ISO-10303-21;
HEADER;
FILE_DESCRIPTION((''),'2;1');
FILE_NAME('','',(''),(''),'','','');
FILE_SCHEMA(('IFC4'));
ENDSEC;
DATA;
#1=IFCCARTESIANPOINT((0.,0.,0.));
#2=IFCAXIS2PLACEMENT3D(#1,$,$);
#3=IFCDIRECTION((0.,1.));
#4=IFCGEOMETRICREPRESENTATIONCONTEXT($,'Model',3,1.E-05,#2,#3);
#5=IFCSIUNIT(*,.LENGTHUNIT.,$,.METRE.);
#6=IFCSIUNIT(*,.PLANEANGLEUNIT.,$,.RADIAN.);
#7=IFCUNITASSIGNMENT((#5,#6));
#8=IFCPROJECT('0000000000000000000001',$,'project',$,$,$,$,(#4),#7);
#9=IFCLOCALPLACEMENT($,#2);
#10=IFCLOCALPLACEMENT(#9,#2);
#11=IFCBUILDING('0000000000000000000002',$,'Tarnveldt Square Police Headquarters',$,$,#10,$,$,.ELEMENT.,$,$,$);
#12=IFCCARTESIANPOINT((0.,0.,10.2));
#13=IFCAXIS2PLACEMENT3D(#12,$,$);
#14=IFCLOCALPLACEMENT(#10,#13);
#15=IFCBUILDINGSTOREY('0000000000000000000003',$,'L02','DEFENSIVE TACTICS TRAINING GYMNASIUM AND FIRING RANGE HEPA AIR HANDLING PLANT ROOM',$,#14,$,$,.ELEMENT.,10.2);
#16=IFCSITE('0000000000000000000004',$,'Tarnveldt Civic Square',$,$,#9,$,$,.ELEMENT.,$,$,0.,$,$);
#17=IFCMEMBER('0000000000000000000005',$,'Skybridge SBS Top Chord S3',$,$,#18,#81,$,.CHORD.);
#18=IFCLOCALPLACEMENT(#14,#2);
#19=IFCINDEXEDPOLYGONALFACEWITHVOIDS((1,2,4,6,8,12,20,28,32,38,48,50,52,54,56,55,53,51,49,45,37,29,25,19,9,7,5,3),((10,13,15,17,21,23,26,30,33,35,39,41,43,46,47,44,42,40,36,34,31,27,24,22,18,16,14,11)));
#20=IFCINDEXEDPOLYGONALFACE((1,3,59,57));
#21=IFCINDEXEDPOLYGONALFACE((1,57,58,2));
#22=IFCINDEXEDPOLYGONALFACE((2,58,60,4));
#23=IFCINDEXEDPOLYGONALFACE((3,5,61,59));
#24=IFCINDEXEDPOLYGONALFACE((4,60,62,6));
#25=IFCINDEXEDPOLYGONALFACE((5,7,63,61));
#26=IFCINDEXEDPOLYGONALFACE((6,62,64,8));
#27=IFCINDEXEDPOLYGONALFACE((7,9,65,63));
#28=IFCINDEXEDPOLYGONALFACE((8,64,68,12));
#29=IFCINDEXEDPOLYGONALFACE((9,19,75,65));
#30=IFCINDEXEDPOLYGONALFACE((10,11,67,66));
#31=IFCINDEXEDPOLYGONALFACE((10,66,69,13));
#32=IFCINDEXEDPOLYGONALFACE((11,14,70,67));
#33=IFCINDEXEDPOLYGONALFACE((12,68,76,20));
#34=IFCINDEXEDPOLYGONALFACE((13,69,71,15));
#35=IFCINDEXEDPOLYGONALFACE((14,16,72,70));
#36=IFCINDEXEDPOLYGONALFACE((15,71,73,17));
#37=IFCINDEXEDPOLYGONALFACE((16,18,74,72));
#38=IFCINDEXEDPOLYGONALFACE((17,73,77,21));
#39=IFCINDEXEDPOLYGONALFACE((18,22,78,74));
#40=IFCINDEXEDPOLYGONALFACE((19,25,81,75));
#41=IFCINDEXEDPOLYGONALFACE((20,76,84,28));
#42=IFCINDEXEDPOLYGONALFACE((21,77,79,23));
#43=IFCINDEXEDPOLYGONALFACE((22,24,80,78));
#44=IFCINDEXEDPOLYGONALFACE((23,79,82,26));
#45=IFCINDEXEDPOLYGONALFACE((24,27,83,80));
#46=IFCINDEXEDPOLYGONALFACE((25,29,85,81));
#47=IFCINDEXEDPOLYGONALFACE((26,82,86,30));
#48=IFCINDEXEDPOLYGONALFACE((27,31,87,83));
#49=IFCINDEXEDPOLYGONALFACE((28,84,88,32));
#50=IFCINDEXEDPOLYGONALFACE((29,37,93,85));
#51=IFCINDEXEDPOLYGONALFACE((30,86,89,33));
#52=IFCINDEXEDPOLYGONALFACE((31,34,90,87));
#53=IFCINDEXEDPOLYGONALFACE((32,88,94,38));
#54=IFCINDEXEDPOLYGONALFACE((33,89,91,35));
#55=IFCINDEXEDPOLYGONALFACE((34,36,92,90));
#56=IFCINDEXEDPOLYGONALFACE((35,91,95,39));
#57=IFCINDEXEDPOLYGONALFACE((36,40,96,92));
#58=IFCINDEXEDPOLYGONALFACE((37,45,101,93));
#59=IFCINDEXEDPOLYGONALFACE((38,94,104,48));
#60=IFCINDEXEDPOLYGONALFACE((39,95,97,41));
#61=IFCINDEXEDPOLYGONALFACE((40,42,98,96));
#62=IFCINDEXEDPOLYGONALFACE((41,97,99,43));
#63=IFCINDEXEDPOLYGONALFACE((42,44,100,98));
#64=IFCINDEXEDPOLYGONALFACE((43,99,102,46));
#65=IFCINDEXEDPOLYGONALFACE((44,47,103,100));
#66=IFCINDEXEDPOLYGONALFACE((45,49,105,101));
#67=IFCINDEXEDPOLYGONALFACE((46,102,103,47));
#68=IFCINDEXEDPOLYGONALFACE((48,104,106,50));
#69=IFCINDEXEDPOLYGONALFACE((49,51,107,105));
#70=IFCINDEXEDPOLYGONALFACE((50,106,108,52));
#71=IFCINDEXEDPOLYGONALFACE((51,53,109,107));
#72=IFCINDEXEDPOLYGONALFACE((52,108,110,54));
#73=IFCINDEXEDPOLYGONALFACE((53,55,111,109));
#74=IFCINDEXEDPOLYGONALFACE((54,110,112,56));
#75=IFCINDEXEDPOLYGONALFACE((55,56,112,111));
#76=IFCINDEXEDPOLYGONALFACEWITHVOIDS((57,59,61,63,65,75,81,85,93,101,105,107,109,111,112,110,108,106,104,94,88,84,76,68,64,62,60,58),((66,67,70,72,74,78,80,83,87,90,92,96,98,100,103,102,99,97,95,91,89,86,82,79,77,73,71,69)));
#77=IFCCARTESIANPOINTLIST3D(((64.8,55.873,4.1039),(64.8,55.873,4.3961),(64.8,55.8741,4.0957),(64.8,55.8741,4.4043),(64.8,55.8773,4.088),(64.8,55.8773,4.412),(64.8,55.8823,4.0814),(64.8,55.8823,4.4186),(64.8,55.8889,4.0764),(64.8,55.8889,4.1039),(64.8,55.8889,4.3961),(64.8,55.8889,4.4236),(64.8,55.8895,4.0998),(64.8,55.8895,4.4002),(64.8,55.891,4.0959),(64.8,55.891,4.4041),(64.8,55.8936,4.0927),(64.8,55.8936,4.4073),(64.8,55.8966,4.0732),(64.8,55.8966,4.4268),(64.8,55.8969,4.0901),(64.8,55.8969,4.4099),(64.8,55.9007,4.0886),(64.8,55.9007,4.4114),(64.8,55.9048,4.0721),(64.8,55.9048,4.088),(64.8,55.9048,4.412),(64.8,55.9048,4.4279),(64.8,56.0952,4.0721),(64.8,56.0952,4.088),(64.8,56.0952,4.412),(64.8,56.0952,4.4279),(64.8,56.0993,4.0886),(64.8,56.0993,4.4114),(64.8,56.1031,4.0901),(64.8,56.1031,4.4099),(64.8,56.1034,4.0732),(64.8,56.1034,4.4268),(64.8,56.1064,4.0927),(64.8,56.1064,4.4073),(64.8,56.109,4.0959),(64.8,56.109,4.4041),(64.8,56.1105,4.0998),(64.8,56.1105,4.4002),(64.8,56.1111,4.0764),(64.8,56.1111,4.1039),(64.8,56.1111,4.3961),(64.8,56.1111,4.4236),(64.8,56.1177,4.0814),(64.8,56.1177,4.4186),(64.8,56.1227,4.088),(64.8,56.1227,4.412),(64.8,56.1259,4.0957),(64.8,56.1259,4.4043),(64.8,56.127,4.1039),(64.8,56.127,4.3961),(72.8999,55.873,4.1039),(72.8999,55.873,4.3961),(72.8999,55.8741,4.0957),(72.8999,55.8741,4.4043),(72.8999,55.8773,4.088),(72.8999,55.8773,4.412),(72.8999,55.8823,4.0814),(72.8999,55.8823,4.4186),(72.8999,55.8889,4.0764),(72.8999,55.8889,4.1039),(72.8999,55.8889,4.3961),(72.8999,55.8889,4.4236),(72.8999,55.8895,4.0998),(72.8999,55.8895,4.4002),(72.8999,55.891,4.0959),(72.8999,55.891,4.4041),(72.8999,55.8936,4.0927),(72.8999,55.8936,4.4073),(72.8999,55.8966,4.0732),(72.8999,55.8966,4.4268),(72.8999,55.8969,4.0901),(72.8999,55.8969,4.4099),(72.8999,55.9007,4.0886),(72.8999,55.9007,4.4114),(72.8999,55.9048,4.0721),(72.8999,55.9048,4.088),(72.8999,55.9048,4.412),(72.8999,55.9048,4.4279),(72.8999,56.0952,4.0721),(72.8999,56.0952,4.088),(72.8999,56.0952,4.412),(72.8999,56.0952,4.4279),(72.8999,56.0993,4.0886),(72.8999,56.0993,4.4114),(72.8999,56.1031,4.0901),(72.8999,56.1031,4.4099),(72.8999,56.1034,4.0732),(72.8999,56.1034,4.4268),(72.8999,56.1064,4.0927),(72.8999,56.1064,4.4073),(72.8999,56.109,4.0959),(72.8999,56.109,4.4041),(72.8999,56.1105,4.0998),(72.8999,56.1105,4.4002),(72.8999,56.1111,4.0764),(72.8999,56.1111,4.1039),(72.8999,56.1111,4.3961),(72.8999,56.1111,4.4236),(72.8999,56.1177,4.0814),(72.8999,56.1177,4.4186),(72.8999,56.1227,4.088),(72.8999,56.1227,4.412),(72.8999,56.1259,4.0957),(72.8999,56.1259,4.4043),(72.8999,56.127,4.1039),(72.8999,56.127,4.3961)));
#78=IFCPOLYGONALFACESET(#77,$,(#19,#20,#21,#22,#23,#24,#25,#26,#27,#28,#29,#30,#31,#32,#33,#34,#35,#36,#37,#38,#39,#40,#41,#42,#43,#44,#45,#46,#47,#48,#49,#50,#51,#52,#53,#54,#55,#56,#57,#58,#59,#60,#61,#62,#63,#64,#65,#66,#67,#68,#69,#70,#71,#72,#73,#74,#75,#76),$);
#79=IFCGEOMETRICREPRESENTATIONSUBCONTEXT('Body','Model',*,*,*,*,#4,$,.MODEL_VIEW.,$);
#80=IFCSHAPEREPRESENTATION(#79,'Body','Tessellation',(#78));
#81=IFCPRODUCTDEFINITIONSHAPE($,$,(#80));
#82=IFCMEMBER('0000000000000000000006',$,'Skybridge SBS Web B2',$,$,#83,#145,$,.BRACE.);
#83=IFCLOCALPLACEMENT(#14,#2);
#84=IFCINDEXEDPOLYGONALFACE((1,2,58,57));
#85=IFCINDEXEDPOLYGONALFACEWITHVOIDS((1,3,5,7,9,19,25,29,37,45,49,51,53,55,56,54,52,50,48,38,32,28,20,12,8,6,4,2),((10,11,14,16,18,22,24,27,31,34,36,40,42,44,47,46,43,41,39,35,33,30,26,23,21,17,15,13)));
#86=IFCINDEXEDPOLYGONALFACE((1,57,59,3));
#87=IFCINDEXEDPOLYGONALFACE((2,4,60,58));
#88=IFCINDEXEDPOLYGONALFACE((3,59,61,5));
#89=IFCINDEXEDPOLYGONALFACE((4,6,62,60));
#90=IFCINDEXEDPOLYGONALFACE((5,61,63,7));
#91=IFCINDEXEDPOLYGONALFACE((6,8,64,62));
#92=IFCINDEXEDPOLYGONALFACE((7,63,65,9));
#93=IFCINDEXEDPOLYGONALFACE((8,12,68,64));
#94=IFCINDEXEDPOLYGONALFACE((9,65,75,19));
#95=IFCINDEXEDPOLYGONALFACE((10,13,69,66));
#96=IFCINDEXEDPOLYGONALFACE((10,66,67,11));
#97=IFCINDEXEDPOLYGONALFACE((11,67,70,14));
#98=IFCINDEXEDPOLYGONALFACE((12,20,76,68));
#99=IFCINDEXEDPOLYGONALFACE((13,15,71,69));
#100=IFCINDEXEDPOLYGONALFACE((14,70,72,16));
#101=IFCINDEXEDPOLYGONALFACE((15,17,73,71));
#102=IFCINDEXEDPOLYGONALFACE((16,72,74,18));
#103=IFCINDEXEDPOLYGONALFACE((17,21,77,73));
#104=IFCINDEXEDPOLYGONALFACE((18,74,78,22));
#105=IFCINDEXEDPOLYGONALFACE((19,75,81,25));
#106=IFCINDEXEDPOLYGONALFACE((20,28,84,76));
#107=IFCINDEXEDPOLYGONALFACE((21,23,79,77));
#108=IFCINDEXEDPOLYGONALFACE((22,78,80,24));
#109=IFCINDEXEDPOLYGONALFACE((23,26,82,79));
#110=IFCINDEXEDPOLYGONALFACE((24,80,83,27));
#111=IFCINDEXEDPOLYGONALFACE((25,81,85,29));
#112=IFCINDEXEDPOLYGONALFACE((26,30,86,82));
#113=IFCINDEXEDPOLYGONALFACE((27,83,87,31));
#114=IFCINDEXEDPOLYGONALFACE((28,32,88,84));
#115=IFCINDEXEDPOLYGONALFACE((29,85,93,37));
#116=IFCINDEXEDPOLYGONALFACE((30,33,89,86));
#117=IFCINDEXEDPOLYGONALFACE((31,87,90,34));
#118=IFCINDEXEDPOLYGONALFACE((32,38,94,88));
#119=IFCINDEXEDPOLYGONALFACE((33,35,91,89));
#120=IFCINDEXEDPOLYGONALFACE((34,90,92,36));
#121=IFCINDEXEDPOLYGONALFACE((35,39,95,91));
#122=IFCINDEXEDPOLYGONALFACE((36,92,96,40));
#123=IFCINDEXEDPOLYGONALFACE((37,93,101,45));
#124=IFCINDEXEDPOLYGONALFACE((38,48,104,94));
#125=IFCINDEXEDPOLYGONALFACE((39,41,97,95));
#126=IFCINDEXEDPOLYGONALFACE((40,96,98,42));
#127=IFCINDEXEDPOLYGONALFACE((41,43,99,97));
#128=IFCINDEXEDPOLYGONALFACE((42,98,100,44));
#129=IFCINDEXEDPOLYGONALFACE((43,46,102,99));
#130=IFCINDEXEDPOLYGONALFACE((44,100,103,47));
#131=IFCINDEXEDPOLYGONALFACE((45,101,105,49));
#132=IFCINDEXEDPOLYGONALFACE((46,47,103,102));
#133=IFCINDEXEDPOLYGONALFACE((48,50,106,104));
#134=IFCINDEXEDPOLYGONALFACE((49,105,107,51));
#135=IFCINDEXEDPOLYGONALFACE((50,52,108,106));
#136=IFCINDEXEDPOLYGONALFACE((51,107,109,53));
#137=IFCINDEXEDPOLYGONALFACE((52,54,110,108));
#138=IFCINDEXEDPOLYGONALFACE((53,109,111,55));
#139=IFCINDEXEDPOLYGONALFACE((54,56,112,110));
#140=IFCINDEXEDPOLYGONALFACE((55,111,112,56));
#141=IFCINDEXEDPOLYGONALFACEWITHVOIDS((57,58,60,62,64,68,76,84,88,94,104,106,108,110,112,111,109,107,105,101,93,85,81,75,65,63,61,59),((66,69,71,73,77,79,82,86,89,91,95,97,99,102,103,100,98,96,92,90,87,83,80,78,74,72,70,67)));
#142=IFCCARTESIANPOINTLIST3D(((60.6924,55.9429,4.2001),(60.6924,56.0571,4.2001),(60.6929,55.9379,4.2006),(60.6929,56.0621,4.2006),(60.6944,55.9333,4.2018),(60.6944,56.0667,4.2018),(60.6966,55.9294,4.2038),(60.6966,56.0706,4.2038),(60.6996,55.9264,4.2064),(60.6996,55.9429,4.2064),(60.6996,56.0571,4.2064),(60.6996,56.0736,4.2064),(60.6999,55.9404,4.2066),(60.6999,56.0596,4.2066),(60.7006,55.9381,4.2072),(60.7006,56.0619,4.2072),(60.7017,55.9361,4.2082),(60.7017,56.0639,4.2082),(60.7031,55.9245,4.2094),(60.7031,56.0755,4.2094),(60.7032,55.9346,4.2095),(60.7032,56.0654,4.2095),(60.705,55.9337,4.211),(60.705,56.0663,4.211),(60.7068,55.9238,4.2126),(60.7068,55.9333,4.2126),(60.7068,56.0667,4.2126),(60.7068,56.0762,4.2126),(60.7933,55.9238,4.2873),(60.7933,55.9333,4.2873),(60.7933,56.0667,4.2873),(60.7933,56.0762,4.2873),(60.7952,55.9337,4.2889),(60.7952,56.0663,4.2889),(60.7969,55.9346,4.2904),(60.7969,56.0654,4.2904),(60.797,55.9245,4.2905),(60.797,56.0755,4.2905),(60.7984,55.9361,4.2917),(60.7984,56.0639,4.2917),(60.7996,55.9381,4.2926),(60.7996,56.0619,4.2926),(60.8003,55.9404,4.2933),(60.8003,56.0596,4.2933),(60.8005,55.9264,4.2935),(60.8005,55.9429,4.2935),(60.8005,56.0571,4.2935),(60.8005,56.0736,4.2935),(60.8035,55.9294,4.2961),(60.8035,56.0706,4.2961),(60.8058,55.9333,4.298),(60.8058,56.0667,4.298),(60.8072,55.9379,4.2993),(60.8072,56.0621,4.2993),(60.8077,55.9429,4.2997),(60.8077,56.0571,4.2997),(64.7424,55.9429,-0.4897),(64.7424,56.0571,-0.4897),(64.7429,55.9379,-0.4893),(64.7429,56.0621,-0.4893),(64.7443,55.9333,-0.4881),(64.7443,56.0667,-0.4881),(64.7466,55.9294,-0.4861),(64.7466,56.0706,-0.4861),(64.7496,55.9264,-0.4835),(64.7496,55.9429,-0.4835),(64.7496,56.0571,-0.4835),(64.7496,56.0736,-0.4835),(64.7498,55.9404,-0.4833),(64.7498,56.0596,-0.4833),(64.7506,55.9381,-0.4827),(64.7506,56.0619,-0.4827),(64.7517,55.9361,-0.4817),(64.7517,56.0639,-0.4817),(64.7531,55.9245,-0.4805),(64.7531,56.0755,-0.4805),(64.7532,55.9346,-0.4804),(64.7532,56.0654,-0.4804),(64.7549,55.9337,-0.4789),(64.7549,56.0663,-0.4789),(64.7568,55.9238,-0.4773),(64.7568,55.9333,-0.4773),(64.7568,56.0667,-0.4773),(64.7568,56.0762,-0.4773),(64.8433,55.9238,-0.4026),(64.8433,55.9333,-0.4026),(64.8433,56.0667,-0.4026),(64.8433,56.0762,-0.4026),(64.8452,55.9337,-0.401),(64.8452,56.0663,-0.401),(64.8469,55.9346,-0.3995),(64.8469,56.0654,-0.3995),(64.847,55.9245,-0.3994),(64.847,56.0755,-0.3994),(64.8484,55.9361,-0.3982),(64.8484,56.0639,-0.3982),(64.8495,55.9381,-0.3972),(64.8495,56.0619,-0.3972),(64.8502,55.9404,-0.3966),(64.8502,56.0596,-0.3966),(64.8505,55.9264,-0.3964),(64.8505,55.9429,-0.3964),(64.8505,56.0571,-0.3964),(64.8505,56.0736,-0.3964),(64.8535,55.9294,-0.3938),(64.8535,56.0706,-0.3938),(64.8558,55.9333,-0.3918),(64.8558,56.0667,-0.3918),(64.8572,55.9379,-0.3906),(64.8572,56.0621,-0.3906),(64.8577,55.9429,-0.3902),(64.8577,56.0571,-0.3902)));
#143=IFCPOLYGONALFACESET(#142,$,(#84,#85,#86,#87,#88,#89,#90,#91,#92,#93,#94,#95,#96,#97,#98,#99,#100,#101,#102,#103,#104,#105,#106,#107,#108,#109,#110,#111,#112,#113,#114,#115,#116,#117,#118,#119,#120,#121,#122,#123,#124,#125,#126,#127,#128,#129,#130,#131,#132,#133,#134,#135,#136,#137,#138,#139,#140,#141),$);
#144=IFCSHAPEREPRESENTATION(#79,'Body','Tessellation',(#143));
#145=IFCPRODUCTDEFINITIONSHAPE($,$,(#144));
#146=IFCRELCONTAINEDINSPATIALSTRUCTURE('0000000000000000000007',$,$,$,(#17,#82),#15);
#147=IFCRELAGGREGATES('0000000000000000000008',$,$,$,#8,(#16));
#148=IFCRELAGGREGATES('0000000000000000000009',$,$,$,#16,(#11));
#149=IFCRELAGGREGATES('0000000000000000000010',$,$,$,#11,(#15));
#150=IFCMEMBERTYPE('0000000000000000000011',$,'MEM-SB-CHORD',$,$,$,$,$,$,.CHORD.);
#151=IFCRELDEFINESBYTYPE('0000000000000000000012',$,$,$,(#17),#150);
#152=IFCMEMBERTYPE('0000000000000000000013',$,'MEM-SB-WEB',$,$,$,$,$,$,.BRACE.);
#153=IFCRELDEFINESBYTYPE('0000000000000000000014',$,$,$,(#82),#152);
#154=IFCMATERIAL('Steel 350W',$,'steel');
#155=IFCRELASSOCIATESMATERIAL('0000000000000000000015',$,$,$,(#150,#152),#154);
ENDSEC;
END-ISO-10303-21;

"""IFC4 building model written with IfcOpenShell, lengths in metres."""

from ifc_helpers import new_model, si_unit, direction, frame, origin, origin_2d, place, context, subcontext, project, spatial, hollow_rectangle, extrude, material, material_profile, profile_set, type_object, element, save


model = new_model("IFC4")

# Units and contexts
model_context = context("Model", 3, precision=1e-05, world=origin(), true_north=direction((0.0, 1.0)))
body_context = subcontext(model_context, "Body", "Model", "MODEL_VIEW")
ifc_project = project(units=[si_unit("LENGTHUNIT", "METRE"), si_unit("PLANEANGLEUNIT", "RADIAN")], contexts=[model_context])

# Site, building, storey
site_placement = place(None, origin())
site = spatial("IfcSite", under=ifc_project, at=site_placement, Name="Tarnveldt Civic Square", CompositionType="ELEMENT", RefElevation=0.0)
building_placement = place(site_placement, origin())
building = spatial("IfcBuilding", under=site, at=building_placement, Name="Tarnveldt Square Police Headquarters", CompositionType="ELEMENT")
storey_placement = place(building_placement, frame((0.0, 0.0, 10.2)))
storey = spatial("IfcBuildingStorey", under=building, at=storey_placement, Name="L02", Description="DEFENSIVE TACTICS TRAINING GYMNASIUM AND FIRING RANGE HEPA AIR HANDLING PLANT ROOM", CompositionType="ELEMENT", Elevation=10.2)

# Shared definitions
ifc_material_1 = material(Name="Steel 350W", Category="steel")

# Members
ifc_material_profile_1 = material_profile(ifc_material_1, hollow_rectangle(XDim=0.2539, YDim=0.3557, WallThickness=0.0159, InnerFilletRadius=0.0159, OuterFilletRadius=0.0317, at=origin_2d()), Name="HSS356x254x16")
ifc_profile_set_1 = profile_set([ifc_material_profile_1], Name="Steel 350W")
member_type_1 = type_object("IfcMemberType", Name="MEM-SB-CHORD", PredefinedType="CHORD", material=ifc_profile_set_1)
for number, where, z_axis, x_axis, name in (
    (1, (64.8, 56.0, 4.25), (1.0, 0.0, 0.0), (0.0, 1.0, 0.0), "Skybridge SBS Top Chord S3"),
):
    element("IfcMember", number, at=place(storey_placement, frame(where, z_axis=z_axis, x_axis=x_axis)), inside=storey, type_object=member_type_1, Name=name, PredefinedType="CHORD", context=body_context, shape_type="SweptSolid", body=[
        extrude(hollow_rectangle(XDim=0.2539, YDim=0.3557, WallThickness=0.0159, InnerFilletRadius=0.0159, OuterFilletRadius=0.0317, at=origin_2d()), origin(), (0.0, 0.0, 1.0), 8.0999),
    ])
ifc_material_profile_2 = material_profile(ifc_material_1, hollow_rectangle(XDim=0.1523, YDim=0.1523, WallThickness=0.0095, InnerFilletRadius=0.0095, OuterFilletRadius=0.019, at=origin_2d()), Name="HSS152x152x9.5")
ifc_profile_set_2 = profile_set([ifc_material_profile_2], Name="Steel 350W")
member_type_2 = type_object("IfcMemberType", Name="MEM-SB-WEB", PredefinedType="BRACE", material=ifc_profile_set_2)
for number, where, z_axis, x_axis, name in (
    (2, (64.8, 56.0, -0.4399), (-0.653587, 0.0, 0.756851), (0.0, -1.0, 0.0), "Skybridge SBS Web B2"),
):
    element("IfcMember", number, at=place(storey_placement, frame(where, z_axis=z_axis, x_axis=x_axis)), inside=storey, type_object=member_type_2, Name=name, PredefinedType="BRACE", context=body_context, shape_type="SweptSolid", body=[
        extrude(hollow_rectangle(XDim=0.1523, YDim=0.1523, WallThickness=0.0095, InnerFilletRadius=0.0095, OuterFilletRadius=0.019, at=origin_2d()), origin(), (0.0, 0.0, 1.0), 6.1965),
    ])

save(model, "model.ifc")
